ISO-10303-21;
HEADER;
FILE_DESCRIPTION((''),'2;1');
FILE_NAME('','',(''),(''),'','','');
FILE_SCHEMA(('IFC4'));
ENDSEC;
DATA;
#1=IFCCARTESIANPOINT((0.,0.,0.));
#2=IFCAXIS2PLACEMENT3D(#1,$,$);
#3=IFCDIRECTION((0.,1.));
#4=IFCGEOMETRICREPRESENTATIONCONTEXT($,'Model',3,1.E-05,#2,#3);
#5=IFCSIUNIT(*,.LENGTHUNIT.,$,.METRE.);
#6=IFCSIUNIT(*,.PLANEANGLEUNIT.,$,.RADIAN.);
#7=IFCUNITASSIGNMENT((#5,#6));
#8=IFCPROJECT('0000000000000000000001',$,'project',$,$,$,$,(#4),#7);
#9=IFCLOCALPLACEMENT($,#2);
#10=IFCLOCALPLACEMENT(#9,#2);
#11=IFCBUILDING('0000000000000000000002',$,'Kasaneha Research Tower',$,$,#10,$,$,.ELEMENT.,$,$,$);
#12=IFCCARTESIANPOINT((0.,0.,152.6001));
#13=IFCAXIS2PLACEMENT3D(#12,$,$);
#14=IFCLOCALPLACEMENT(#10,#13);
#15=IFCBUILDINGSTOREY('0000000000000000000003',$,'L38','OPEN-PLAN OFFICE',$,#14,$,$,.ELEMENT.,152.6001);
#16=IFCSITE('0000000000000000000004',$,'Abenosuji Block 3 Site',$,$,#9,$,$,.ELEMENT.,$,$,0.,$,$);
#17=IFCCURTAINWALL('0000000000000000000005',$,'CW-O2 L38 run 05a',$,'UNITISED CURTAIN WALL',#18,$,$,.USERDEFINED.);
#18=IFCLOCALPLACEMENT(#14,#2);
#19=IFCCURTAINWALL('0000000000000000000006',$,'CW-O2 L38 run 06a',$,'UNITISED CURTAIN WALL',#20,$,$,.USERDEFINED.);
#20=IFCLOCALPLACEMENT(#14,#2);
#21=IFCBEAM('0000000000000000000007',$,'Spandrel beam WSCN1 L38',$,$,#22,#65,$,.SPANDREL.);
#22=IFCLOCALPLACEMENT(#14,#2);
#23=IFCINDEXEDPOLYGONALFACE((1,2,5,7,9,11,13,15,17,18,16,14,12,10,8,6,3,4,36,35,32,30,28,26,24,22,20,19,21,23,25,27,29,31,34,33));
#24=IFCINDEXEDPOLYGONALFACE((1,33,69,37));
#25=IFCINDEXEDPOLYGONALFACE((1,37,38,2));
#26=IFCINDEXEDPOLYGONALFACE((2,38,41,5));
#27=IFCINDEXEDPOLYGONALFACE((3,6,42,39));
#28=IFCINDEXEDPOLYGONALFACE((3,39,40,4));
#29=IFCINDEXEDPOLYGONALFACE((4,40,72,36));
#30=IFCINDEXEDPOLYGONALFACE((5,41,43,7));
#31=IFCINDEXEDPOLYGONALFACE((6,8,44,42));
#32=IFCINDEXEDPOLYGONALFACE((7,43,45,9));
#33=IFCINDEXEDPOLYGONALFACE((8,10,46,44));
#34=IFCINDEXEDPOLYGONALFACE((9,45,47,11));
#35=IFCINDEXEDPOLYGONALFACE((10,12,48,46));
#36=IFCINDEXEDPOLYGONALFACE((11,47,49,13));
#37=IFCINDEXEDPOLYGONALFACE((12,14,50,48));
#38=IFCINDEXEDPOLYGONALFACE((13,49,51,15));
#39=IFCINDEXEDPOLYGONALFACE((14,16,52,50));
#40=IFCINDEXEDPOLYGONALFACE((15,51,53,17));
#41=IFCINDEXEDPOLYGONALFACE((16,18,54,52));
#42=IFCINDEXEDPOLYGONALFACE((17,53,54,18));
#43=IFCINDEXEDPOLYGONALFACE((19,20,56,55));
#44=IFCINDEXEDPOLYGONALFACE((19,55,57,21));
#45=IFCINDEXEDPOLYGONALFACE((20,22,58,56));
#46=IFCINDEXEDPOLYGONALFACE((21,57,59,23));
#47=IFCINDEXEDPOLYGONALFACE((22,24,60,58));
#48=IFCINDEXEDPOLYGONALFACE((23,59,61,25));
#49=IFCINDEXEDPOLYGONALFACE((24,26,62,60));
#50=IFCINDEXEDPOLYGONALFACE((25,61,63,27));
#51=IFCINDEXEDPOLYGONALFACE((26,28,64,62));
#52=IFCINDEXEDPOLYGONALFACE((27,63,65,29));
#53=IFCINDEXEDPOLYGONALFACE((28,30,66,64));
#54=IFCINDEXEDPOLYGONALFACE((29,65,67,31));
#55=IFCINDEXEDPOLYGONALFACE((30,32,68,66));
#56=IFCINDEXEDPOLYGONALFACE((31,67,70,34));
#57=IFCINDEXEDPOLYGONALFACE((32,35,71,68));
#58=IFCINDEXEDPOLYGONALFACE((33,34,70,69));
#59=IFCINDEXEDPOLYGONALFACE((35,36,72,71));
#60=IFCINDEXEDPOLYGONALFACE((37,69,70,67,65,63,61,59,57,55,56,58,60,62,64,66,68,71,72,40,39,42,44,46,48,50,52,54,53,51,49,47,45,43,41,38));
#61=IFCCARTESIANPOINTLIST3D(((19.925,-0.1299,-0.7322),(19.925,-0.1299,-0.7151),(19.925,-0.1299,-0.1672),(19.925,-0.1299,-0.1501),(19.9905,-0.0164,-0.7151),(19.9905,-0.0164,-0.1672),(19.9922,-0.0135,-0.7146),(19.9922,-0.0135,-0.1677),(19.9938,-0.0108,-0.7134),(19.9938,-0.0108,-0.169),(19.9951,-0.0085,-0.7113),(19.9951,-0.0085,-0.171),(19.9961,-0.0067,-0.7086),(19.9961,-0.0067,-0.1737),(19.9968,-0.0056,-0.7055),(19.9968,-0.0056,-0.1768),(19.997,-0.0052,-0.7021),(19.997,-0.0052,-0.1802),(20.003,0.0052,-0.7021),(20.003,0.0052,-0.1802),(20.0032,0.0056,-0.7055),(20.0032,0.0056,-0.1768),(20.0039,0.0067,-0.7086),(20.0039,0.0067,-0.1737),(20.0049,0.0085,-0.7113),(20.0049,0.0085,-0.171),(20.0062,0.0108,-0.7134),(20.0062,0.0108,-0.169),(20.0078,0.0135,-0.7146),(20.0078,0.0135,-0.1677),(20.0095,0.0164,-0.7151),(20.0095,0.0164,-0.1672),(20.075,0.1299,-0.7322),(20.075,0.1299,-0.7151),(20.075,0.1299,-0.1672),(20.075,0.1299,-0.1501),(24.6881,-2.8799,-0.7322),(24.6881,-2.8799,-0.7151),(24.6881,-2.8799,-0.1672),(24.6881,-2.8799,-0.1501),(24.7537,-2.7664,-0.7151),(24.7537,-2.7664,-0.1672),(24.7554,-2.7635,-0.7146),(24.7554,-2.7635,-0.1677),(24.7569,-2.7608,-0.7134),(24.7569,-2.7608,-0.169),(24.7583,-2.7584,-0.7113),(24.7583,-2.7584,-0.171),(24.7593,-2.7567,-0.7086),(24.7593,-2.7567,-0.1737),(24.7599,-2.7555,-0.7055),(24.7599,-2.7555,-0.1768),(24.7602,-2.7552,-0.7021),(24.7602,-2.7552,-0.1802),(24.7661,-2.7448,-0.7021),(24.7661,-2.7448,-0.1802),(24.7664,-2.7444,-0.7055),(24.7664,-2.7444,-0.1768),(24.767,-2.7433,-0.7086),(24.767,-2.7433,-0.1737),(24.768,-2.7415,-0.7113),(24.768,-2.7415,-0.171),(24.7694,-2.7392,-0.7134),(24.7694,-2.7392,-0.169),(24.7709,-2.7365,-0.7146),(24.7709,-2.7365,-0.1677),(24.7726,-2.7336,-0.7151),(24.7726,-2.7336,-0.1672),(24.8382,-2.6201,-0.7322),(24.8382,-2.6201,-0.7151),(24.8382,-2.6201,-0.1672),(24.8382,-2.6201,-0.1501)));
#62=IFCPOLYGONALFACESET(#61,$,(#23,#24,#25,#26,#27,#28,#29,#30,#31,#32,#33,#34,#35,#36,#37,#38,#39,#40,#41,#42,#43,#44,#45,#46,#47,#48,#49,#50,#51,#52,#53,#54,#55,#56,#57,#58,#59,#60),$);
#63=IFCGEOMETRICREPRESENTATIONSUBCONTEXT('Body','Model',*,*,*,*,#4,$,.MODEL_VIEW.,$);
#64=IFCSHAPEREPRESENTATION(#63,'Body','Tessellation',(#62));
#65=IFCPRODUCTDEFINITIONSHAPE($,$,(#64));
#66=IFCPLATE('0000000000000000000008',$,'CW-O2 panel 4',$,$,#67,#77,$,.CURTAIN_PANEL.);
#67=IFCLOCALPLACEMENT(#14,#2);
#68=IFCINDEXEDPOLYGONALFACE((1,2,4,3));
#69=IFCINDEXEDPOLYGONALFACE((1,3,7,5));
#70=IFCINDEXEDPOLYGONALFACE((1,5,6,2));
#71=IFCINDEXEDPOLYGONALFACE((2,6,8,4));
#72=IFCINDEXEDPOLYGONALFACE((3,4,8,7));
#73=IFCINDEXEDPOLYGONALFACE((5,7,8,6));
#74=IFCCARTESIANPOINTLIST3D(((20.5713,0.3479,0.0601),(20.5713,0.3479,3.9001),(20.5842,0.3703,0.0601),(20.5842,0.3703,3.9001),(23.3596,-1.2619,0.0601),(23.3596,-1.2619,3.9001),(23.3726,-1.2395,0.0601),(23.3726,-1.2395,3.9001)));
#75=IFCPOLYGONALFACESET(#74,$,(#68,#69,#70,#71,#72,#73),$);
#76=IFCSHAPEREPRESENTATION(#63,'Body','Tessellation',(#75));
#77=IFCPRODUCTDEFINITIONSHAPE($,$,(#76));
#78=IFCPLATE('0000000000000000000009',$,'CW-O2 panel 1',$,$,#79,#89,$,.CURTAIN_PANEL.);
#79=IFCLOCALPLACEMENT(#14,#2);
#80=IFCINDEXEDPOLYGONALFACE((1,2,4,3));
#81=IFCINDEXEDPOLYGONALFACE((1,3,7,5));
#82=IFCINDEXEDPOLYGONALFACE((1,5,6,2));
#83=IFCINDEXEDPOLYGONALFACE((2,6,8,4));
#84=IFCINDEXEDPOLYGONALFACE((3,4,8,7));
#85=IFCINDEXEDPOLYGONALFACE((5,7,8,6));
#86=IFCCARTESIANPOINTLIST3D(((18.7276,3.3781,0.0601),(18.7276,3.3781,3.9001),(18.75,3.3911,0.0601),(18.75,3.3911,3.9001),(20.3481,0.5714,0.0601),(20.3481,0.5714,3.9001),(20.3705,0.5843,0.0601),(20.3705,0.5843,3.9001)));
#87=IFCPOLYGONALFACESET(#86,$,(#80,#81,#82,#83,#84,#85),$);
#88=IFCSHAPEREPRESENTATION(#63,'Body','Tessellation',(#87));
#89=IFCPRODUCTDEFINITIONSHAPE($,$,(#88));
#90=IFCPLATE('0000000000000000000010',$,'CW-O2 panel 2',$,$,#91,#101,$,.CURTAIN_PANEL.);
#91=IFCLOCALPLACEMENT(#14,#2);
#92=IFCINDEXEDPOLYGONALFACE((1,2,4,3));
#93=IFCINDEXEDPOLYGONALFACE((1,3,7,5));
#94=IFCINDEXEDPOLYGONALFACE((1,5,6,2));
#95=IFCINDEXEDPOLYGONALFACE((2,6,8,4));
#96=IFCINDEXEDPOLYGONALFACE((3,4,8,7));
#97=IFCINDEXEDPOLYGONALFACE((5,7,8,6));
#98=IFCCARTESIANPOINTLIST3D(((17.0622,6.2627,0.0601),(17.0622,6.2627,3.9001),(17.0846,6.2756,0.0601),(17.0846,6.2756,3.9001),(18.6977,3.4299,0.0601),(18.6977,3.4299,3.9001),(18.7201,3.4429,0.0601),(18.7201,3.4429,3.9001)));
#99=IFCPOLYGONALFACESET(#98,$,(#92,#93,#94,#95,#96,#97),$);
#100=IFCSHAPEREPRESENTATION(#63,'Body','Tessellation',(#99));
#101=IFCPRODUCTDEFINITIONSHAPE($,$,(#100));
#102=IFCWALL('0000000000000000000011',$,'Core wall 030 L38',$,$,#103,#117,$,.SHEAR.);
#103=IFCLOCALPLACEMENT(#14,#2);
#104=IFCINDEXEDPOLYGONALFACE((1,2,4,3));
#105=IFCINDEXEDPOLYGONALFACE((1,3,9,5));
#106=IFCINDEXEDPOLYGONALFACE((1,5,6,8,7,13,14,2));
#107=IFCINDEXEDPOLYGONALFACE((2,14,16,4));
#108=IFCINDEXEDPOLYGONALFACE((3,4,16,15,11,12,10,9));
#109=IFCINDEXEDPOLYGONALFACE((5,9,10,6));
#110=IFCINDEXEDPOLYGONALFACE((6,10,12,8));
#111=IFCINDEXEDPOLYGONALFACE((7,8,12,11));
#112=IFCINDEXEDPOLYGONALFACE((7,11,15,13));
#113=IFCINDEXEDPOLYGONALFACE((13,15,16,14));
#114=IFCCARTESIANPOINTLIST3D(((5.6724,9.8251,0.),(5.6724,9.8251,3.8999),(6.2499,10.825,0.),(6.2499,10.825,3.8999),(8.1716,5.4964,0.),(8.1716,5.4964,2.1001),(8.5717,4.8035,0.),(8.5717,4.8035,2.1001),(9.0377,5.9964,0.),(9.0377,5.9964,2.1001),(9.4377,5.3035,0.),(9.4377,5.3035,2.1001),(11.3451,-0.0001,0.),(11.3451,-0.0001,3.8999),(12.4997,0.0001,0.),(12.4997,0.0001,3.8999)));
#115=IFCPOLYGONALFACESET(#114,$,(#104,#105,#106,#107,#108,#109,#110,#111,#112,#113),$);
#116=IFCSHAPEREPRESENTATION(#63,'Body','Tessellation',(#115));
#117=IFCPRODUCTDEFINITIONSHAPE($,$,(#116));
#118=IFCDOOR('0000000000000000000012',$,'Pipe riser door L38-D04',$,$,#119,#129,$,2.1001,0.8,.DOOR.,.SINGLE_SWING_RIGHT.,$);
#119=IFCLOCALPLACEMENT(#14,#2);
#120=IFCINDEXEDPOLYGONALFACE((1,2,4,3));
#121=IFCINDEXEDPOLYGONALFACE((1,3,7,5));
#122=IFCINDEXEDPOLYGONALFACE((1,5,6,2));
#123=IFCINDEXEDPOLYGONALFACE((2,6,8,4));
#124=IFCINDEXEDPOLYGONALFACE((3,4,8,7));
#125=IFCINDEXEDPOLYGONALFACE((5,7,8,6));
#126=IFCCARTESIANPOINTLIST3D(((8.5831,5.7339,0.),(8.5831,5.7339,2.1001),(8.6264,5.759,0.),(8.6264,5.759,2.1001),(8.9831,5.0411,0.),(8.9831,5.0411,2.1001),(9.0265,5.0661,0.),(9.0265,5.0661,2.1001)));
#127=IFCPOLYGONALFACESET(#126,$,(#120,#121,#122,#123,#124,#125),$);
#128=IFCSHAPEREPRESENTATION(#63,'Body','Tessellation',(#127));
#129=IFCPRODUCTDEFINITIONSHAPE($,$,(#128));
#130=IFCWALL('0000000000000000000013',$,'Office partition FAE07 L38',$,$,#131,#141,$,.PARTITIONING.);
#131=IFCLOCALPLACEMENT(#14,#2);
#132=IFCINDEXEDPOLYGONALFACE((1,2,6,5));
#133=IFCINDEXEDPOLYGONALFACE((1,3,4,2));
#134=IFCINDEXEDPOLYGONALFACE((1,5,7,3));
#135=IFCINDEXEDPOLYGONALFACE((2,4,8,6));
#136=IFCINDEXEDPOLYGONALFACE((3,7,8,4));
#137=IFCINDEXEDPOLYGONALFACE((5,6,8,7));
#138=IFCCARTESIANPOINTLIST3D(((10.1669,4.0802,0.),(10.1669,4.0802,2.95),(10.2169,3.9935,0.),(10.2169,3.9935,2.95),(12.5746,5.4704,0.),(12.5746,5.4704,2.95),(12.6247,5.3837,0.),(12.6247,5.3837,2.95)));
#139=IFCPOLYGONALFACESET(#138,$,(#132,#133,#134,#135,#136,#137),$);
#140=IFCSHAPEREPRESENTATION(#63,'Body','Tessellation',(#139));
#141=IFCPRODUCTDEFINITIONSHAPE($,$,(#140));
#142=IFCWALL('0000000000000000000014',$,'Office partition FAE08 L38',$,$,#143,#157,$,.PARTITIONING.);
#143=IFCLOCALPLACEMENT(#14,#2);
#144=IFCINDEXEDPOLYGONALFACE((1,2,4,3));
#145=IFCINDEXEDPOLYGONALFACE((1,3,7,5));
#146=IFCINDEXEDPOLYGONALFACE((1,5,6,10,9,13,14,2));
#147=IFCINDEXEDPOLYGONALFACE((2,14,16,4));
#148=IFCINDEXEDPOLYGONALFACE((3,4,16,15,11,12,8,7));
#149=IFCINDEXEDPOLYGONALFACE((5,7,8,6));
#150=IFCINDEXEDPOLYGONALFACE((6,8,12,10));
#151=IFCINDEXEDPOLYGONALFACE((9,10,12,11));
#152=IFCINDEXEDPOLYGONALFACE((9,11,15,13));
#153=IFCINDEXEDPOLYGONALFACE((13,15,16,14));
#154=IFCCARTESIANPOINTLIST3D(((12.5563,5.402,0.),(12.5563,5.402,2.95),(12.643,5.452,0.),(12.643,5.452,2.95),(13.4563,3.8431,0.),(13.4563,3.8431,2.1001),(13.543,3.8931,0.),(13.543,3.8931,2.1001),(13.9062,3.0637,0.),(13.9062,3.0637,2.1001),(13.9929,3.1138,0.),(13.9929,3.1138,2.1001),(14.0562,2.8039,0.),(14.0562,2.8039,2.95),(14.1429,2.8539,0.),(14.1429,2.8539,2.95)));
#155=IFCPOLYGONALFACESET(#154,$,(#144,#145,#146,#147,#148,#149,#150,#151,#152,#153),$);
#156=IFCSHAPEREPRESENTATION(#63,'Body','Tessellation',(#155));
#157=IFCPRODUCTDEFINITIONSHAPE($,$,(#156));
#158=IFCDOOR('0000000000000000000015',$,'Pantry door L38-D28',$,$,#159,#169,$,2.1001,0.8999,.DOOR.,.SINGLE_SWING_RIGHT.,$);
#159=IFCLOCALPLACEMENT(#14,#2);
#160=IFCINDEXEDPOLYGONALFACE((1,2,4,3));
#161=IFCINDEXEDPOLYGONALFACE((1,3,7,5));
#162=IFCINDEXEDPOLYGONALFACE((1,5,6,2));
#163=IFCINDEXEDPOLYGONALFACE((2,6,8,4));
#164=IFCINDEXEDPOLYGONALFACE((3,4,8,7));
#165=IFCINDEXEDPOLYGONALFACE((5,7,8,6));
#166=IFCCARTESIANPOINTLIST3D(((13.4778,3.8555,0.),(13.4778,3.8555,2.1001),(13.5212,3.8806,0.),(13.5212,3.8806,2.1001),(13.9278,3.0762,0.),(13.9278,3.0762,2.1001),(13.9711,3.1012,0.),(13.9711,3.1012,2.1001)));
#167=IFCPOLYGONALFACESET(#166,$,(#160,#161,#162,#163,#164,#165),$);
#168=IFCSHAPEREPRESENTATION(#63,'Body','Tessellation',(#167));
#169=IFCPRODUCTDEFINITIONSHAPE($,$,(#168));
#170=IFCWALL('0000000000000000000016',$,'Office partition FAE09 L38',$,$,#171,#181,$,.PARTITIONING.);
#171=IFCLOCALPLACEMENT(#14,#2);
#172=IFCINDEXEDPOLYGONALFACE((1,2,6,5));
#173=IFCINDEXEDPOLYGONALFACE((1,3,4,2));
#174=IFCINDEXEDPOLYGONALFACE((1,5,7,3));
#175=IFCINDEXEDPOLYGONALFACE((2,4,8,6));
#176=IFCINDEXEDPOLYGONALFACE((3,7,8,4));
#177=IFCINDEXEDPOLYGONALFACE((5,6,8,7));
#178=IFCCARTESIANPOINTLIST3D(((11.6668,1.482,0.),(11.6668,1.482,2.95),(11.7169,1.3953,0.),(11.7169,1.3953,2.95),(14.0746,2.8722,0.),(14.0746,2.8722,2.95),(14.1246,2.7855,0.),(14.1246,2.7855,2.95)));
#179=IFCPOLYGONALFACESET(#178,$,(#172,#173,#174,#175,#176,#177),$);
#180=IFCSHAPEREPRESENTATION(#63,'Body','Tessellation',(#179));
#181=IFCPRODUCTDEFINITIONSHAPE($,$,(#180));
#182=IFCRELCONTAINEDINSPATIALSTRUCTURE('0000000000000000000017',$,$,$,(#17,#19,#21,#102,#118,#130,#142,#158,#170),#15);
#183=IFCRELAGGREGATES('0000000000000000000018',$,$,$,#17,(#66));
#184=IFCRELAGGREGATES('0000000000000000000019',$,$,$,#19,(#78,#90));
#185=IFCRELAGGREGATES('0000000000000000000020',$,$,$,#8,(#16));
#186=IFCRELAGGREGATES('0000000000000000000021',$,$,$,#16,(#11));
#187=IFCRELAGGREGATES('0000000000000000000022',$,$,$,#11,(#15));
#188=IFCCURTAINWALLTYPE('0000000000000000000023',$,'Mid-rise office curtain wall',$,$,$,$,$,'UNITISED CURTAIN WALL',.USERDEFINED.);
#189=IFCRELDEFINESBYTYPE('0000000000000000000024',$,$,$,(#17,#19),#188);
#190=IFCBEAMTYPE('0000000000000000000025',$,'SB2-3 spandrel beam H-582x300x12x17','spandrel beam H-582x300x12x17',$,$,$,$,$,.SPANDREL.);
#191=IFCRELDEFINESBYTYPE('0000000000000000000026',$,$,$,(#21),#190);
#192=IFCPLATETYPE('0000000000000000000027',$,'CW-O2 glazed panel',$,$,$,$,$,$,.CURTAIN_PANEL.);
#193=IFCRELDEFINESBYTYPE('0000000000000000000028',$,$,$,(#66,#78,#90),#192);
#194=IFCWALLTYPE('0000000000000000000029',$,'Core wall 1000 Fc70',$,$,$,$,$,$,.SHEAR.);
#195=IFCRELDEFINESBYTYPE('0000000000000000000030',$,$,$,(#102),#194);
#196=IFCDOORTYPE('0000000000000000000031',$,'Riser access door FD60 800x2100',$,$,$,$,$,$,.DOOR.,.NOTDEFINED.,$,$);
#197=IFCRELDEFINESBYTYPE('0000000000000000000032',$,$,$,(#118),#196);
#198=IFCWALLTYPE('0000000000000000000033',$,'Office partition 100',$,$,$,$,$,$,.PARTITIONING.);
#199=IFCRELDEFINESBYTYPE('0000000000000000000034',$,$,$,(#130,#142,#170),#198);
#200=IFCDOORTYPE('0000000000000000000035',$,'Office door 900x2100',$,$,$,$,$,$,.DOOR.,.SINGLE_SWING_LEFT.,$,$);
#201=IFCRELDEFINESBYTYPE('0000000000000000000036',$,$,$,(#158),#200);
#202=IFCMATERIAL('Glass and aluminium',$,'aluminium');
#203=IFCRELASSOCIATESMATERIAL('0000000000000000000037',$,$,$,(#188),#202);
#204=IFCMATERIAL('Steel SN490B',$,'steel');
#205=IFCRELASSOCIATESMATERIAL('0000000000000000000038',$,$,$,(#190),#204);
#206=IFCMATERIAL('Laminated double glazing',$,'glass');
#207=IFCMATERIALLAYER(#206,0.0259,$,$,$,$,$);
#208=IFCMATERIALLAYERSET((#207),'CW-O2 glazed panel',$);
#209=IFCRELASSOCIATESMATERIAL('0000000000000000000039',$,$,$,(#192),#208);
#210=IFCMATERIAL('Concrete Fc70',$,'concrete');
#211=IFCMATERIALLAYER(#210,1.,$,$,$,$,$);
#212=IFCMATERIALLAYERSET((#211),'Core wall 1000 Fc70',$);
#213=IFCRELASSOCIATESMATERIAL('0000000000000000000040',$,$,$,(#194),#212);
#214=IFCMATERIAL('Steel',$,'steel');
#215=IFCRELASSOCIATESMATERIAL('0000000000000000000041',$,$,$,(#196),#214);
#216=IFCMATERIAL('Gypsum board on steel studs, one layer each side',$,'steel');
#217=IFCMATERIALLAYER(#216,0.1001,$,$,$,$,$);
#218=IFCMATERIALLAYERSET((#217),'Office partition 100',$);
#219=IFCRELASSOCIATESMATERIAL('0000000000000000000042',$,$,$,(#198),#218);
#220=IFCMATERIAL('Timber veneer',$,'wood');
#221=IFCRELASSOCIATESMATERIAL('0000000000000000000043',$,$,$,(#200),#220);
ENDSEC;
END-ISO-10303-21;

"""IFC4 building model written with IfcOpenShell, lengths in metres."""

from ifc_helpers import new_model, si_unit, direction, frame, frame_2d, origin, origin_2d, place, context, subcontext, project, spatial, polyline, rectangle, i_section, outline, extrude, material, layer, layer_set, material_profile, profile_set, type_object, element, fill, aggregate, save


model = new_model("IFC4")

# Units and contexts
model_context = context("Model", 3, precision=1e-05, world=origin(), true_north=direction((0.0, 1.0)))
body_context = subcontext(model_context, "Body", "Model", "MODEL_VIEW")
ifc_project = project(units=[si_unit("LENGTHUNIT", "METRE"), si_unit("PLANEANGLEUNIT", "RADIAN")], contexts=[model_context])

# Site, building, storey
site_placement = place(None, origin())
site = spatial("IfcSite", under=ifc_project, at=site_placement, Name="Abenosuji Block 3 Site", CompositionType="ELEMENT", RefElevation=0.0)
building_placement = place(site_placement, origin())
building = spatial("IfcBuilding", under=site, at=building_placement, Name="Kasaneha Research Tower", CompositionType="ELEMENT")
storey_placement = place(building_placement, frame((0.0, 0.0, 152.6001)))
storey = spatial("IfcBuildingStorey", under=building, at=storey_placement, Name="L38", Description="OPEN-PLAN OFFICE", CompositionType="ELEMENT", Elevation=152.6001)

# Curtain walls
ifc_material_1 = material(Name="Glass and aluminium", Category="aluminium")
curtain_wall_type = type_object("IfcCurtainWallType", Name="Mid-rise office curtain wall", ElementType="UNITISED CURTAIN WALL", PredefinedType="USERDEFINED", material=ifc_material_1)
curtain_wall_1_placement = place(storey_placement, origin())
curtain_wall_1 = element("IfcCurtainWall", 1, at=curtain_wall_1_placement, inside=storey, type_object=curtain_wall_type, Name="CW-O2 L38 run 05a", ObjectType="UNITISED CURTAIN WALL", PredefinedType="USERDEFINED")
curtain_wall_2_placement = place(storey_placement, origin())
curtain_wall_2 = element("IfcCurtainWall", 2, at=curtain_wall_2_placement, inside=storey, type_object=curtain_wall_type, Name="CW-O2 L38 run 06a", ObjectType="UNITISED CURTAIN WALL", PredefinedType="USERDEFINED")

# Beam
ifc_material_2 = material(Name="Steel SN490B", Category="steel")
ifc_material_profile_1 = material_profile(ifc_material_2, i_section(OverallWidth=0.3, OverallDepth=0.582, WebThickness=0.012, FlangeThickness=0.0171, FilletRadius=0.0129, at=origin_2d()), Name="H-582x300x12x17")
ifc_profile_set_1 = profile_set([ifc_material_profile_1], Name="Steel SN490B")
beam_type_1 = type_object("IfcBeamType", Name="SB2-3 spandrel beam H-582x300x12x17", Description="spandrel beam H-582x300x12x17", PredefinedType="SPANDREL", material=ifc_profile_set_1)
beam_1_placement = place(storey_placement, frame((20.0, 0.0, -0.4412), z_axis=(0.866027, -0.499997, 0.0), x_axis=(0.499997, 0.866027, 0.0)))
element("IfcBeam", 3, at=beam_1_placement, inside=storey, type_object=beam_type_1, Name="Spandrel beam WSCN1 L38", PredefinedType="SPANDREL", context=body_context, shape_type="SweptSolid", body=[
    extrude(i_section(OverallWidth=0.3, OverallDepth=0.582, WebThickness=0.012, FlangeThickness=0.0171, FilletRadius=0.0129, at=origin_2d()), origin(), (0.0, 0.0, 1.0), 5.5),
])

# Plates
ifc_material_3 = material(Name="Laminated double glazing", Category="glass")
ifc_layer_1 = layer(ifc_material_3, 0.0259)
ifc_layer_set_1 = layer_set([ifc_layer_1], Name="CW-O2 glazed panel")
plate_type = type_object("IfcPlateType", Name="CW-O2 glazed panel", PredefinedType="CURTAIN_PANEL", material=ifc_layer_set_1)
plate_1_placement = place(storey_placement, frame((21.9719, -0.4458, 0.0601), z_axis=(0.0, 0.0, 1.0), x_axis=(-0.866025, 0.5, 0.0)))
plate_1 = element("IfcPlate", 4, at=plate_1_placement, type_object=plate_type, Name="CW-O2 panel 4", PredefinedType="CURTAIN_PANEL", context=body_context, shape_type="SweptSolid", body=[
    extrude(rectangle(XDim=3.2197, YDim=0.0259, at=origin_2d()), origin(), (0.0, 0.0, 1.0), 3.8401),
])
aggregate(curtain_wall_1, [plate_1])
plate_2_placement = place(storey_placement, frame((19.5491, 1.9812, 0.0601), z_axis=(0.0, 0.0, 1.0), x_axis=(-0.5, 0.866025, 0.0)))
plate_2 = element("IfcPlate", 5, at=plate_2_placement, type_object=plate_type, Name="CW-O2 panel 1", PredefinedType="CURTAIN_PANEL", context=body_context, shape_type="SweptSolid", body=[
    extrude(rectangle(XDim=3.241, YDim=0.0259, at=origin_2d()), origin(), (0.0, 0.0, 1.0), 3.8401),
])
plate_3_placement = place(storey_placement, frame((17.8911, 4.8528, 0.0601), z_axis=(0.0, 0.0, 1.0), x_axis=(-0.5, 0.866025, 0.0)))
plate_3 = element("IfcPlate", 6, at=plate_3_placement, type_object=plate_type, Name="CW-O2 panel 2", PredefinedType="CURTAIN_PANEL", context=body_context, shape_type="SweptSolid", body=[
    extrude(rectangle(XDim=3.271, YDim=0.0259, at=origin_2d()), origin(), (0.0, 0.0, 1.0), 3.8401),
])
aggregate(curtain_wall_2, [plate_2, plate_3])

# Wall, opening, door
ifc_material_4 = material(Name="Concrete Fc70", Category="concrete")
ifc_layer_2 = layer(ifc_material_4, 1.0)
ifc_layer_set_2 = layer_set([ifc_layer_2], Name="Core wall 1000 Fc70")
wall_type_1 = type_object("IfcWallType", Name="Core wall 1000 Fc70", PredefinedType="SHEAR", material=ifc_layer_set_2)
wall_1_placement = place(storey_placement, frame((11.9224, 0.0, 0.0), z_axis=(0.0, 0.0, 1.0), x_axis=(-0.500004, 0.866023, 0.0)))
wall_1 = element("IfcWall", 7, at=wall_1_placement, inside=storey, type_object=wall_type_1, Name="Core wall 030 L38", PredefinedType="SHEAR", context=body_context, shape_type="SweptSolid", body=[
    extrude(outline(polyline([(-0.2886, -0.5), (5.8354, -0.5), (6.6355, -0.5), (12.2109, -0.5), (11.6338, 0.5), (6.6355, 0.5), (5.8354, 0.5), (0.2886, 0.5), (-0.2886, -0.5)])), origin(), (0.0, 0.0, 1.0), 3.8999),
])
opening_1_placement = place(wall_1_placement, frame((5.8354, 0.0, 0.0)))
opening_1 = element("IfcOpeningElement", 8, at=opening_1_placement, cuts=wall_1, PredefinedType="OPENING", context=body_context, shape_type="SweptSolid", body=[
    extrude(rectangle(XDim=0.8, YDim=2.1001, at=frame_2d((0.3999, 1.05))), frame((0.0, 0.51, 0.0), z_axis=(0.0, -1.0, 0.0), x_axis=(1.0, 0.0, 0.0)), (0.0, 0.0, 1.0), 1.02),
])
ifc_material_5 = material(Name="Steel", Category="steel")
door_type_1 = type_object("IfcDoorType", Name="Riser access door FD60 800x2100", OperationType="NOTDEFINED", PredefinedType="DOOR", material=ifc_material_5)
door_1_placement = place(opening_1_placement, origin())
door_1 = element("IfcDoor", 9, at=door_1_placement, inside=storey, type_object=door_type_1, Name="Pipe riser door L38-D04", OperationType="SINGLE_SWING_RIGHT", OverallHeight=2.1001, OverallWidth=0.8, PredefinedType="DOOR", context=body_context, shape_type="SweptSolid", body=[
    extrude(rectangle(XDim=0.8, YDim=2.1001, at=frame_2d((0.3999, 1.05))), frame((0.0, 0.0249, 0.0), z_axis=(0.0, -1.0, 0.0), x_axis=(1.0, 0.0, 0.0)), (0.0, 0.0, 1.0), 0.05),
])
fill(opening_1, door_1)

# Wall
ifc_material_6 = material(Name="Gypsum board on steel studs, one layer each side", Category="steel")
ifc_layer_3 = layer(ifc_material_6, 0.1001)
ifc_layer_set_3 = layer_set([ifc_layer_3], Name="Office partition 100")
wall_type_2 = type_object("IfcWallType", Name="Office partition 100", PredefinedType="PARTITIONING", material=ifc_layer_set_3)
wall_2_placement = place(storey_placement, frame((10.1919, 4.0369, 0.0), z_axis=(0.0, 0.0, 1.0), x_axis=(0.866019, 0.500011, 0.0)))
element("IfcWall", 10, at=wall_2_placement, inside=storey, type_object=wall_type_2, Name="Office partition FAE07 L38", PredefinedType="PARTITIONING", context=body_context, shape_type="SweptSolid", body=[
    extrude(rectangle(XDim=2.7803, YDim=0.1001, at=frame_2d((1.3901, 0.0))), origin(), (0.0, 0.0, 1.0), 2.95),
])

# Wall, opening, door
wall_3_placement = place(storey_placement, frame((12.5996, 5.427, 0.0), z_axis=(0.0, 0.0, 1.0), x_axis=(0.49999, -0.866031, 0.0)))
wall_3 = element("IfcWall", 11, at=wall_3_placement, inside=storey, type_object=wall_type_2, Name="Office partition FAE08 L38", PredefinedType="PARTITIONING", context=body_context, shape_type="SweptSolid", body=[
    extrude(rectangle(XDim=3.0, YDim=0.1001, at=frame_2d((1.5, 0.0))), origin(), (0.0, 0.0, 1.0), 2.95),
])
opening_2_placement = place(wall_3_placement, frame((1.8, 0.0, 0.0)))
opening_2 = element("IfcOpeningElement", 12, at=opening_2_placement, cuts=wall_3, PredefinedType="OPENING", context=body_context, shape_type="SweptSolid", body=[
    extrude(rectangle(XDim=0.8999, YDim=2.1001, at=frame_2d((0.45, 1.05))), frame((0.0, 0.0601, 0.0), z_axis=(0.0, -1.0, 0.0), x_axis=(1.0, 0.0, 0.0)), (0.0, 0.0, 1.0), 0.1201),
])
ifc_material_7 = material(Name="Timber veneer", Category="wood")
door_type_2 = type_object("IfcDoorType", Name="Office door 900x2100", OperationType="SINGLE_SWING_LEFT", PredefinedType="DOOR", material=ifc_material_7)
door_2_placement = place(opening_2_placement, origin())
door_2 = element("IfcDoor", 13, at=door_2_placement, inside=storey, type_object=door_type_2, Name="Pantry door L38-D28", OperationType="SINGLE_SWING_RIGHT", OverallHeight=2.1001, OverallWidth=0.8999, PredefinedType="DOOR", context=body_context, shape_type="SweptSolid", body=[
    extrude(rectangle(XDim=0.8999, YDim=2.1001, at=frame_2d((0.45, 1.05))), frame((0.0, 0.0249, 0.0), z_axis=(0.0, -1.0, 0.0), x_axis=(1.0, 0.0, 0.0)), (0.0, 0.0, 1.0), 0.05),
])
fill(opening_2, door_2)

# Wall
wall_4_placement = place(storey_placement, frame((14.0996, 2.8289, 0.0), z_axis=(0.0, 0.0, 1.0), x_axis=(-0.866019, -0.500011, 0.0)))
element("IfcWall", 14, at=wall_4_placement, inside=storey, type_object=wall_type_2, Name="Office partition FAE09 L38", PredefinedType="PARTITIONING", context=body_context, shape_type="SweptSolid", body=[
    extrude(rectangle(XDim=2.7803, YDim=0.1001, at=frame_2d((1.3901, 0.0))), origin(), (0.0, 0.0, 1.0), 2.95),
])

save(model, "model.ifc")
